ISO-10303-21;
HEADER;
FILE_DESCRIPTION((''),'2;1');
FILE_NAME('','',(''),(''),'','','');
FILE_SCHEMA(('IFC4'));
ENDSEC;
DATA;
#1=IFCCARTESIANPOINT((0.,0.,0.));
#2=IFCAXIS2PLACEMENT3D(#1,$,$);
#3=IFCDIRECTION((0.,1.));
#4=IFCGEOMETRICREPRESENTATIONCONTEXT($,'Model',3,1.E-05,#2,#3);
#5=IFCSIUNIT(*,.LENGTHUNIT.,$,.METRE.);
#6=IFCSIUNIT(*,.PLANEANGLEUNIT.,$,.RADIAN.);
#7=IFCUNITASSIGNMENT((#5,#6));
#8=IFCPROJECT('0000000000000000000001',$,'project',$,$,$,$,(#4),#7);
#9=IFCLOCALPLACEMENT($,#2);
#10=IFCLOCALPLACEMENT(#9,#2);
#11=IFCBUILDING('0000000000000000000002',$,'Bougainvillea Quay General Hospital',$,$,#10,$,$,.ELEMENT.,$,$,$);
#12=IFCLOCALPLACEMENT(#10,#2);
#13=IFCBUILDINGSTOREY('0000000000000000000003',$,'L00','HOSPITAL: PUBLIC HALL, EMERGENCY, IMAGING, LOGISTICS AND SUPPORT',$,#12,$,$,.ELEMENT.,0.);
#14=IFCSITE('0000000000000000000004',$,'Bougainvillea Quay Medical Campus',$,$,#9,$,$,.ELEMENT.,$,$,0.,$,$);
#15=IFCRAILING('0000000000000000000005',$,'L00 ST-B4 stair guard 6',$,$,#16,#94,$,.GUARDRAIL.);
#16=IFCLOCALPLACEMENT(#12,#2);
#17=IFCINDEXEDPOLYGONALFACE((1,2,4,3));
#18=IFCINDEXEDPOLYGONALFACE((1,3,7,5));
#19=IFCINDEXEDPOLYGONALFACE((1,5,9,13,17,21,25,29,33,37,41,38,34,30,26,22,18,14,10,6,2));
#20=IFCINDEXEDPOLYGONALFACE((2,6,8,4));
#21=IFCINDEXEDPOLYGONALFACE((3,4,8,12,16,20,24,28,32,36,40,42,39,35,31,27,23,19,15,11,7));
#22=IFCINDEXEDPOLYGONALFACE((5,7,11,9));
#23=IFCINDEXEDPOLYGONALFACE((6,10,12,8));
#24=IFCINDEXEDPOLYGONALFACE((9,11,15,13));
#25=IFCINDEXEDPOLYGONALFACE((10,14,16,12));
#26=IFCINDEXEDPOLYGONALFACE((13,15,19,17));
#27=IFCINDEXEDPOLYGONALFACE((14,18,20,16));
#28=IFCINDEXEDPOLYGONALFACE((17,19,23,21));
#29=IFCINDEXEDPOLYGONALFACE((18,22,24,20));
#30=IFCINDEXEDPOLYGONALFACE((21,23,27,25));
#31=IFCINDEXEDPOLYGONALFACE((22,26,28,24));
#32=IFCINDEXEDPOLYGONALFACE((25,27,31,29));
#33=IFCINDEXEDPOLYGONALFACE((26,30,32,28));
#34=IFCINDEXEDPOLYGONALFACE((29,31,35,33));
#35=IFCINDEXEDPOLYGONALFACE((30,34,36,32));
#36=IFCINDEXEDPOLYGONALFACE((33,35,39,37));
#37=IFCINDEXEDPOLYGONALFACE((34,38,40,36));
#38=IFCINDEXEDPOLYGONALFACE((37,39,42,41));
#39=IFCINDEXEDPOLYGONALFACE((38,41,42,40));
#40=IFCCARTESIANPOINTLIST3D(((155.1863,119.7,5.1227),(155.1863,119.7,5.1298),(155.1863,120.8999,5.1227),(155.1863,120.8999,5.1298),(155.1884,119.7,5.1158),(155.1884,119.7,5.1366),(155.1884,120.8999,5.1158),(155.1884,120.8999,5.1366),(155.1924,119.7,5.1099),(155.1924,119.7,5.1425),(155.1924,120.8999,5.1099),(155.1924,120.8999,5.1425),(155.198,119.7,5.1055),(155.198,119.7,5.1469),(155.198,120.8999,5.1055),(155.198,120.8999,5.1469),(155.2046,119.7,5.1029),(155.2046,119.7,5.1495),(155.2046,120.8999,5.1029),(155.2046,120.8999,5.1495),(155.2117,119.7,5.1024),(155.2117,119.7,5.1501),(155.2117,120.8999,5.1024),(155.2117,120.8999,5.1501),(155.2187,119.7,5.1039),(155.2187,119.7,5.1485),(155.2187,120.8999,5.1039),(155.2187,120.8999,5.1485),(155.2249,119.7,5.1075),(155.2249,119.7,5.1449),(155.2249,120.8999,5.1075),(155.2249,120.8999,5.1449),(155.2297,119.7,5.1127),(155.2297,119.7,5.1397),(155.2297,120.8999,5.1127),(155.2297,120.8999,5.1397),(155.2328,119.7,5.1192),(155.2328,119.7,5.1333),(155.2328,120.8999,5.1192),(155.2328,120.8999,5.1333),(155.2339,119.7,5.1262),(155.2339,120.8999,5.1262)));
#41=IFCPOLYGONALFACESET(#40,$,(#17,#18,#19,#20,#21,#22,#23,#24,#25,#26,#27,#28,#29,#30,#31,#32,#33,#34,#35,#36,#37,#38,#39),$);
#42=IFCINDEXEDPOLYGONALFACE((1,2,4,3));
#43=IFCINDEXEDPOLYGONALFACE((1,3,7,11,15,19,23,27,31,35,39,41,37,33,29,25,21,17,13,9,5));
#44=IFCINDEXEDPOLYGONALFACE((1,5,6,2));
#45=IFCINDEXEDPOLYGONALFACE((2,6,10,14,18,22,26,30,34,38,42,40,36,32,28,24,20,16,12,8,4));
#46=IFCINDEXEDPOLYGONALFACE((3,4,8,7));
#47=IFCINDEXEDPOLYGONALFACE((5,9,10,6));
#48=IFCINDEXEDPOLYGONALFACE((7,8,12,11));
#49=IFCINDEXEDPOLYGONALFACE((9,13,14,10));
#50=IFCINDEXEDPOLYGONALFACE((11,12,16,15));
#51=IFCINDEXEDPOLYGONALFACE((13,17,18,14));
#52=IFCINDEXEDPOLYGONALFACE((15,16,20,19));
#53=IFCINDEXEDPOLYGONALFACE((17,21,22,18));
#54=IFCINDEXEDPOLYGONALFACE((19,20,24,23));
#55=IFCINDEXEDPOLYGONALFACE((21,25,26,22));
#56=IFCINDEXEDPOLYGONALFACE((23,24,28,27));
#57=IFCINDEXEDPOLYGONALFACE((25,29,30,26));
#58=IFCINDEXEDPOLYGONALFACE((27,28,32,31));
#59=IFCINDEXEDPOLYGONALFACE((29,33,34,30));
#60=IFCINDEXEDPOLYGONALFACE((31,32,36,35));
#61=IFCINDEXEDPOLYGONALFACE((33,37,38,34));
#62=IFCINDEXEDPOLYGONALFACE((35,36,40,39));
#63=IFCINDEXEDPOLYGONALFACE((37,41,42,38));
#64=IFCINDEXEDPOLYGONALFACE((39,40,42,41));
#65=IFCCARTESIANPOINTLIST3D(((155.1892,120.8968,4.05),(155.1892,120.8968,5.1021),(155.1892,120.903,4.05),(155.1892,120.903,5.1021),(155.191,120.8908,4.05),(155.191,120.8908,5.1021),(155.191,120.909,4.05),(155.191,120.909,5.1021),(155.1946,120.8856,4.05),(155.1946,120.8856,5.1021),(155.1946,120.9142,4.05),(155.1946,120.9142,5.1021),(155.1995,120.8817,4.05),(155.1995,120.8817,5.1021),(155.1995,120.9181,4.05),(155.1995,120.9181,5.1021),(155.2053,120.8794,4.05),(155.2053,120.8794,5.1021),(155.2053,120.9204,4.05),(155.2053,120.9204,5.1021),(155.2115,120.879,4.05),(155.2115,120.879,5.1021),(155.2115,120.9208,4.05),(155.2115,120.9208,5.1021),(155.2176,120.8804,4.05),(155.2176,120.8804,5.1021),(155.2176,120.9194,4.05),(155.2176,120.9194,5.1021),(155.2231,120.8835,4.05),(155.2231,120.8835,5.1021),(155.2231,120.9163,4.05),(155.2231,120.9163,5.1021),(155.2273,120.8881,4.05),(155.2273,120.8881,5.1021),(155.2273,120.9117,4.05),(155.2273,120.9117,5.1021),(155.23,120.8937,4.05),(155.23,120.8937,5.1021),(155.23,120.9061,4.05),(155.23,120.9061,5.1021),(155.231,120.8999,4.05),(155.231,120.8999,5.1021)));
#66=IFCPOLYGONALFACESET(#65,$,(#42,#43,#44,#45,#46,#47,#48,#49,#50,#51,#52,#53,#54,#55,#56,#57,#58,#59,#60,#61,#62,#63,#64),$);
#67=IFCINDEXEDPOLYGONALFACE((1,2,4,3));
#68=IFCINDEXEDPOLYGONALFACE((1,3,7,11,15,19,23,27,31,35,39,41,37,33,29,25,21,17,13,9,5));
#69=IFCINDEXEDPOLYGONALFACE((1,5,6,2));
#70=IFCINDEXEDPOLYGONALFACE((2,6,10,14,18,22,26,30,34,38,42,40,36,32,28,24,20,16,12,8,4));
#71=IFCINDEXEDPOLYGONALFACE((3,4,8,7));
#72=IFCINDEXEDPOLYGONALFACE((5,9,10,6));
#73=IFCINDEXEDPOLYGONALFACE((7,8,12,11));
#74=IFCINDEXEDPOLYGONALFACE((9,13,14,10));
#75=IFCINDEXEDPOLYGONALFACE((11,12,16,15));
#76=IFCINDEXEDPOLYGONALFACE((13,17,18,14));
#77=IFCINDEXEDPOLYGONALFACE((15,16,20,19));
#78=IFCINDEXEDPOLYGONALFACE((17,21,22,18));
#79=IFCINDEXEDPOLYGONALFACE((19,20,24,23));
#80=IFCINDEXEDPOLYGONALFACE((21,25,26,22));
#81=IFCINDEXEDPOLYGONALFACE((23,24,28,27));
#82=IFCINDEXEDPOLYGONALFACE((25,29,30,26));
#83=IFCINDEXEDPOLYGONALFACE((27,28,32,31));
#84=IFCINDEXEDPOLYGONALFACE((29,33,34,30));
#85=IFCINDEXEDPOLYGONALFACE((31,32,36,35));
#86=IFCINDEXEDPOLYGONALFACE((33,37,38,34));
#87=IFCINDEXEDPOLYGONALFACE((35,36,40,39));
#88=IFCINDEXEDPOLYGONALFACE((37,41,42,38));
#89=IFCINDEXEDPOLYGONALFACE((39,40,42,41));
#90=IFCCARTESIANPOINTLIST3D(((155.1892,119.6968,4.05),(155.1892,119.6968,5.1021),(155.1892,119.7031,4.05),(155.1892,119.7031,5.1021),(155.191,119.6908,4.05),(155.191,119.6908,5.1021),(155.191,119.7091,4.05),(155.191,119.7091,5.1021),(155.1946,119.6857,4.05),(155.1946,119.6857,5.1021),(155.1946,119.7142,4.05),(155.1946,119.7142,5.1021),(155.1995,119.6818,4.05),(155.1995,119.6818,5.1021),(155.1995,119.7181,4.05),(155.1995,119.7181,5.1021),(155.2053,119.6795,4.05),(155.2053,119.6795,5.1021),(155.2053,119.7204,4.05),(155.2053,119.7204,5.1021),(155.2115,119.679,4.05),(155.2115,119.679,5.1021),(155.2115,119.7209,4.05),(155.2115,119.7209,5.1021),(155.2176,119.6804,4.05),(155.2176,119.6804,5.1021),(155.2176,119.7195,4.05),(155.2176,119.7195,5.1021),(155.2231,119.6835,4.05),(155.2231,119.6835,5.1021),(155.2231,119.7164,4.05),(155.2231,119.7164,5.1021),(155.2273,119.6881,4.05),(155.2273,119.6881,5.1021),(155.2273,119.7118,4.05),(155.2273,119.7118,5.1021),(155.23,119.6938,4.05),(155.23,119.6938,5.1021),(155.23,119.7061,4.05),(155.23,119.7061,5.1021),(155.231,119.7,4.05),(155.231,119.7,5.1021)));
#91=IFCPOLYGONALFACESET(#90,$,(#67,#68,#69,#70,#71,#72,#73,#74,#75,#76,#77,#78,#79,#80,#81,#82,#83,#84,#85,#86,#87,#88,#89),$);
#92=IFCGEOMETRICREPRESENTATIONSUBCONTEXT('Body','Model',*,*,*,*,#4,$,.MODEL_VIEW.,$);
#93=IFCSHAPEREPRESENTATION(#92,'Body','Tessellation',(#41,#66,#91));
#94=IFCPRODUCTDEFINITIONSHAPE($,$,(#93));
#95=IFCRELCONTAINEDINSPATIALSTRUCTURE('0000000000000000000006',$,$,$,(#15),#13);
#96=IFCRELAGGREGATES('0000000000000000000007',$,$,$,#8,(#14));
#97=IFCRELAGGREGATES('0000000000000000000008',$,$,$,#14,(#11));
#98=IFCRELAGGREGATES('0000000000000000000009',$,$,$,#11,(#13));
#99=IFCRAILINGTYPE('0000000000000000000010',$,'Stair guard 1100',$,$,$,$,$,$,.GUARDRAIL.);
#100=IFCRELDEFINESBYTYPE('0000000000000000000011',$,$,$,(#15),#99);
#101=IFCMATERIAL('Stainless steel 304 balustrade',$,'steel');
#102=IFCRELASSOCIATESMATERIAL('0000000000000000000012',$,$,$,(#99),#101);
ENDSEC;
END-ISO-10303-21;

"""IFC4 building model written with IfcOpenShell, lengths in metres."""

from ifc_helpers import new_model, si_unit, direction, frame, origin, origin_2d, place, context, subcontext, project, spatial, circle, extrude, material, type_object, element, save


model = new_model("IFC4")

# Units and contexts
model_context = context("Model", 3, precision=1e-05, world=origin(), true_north=direction((0.0, 1.0)))
body_context = subcontext(model_context, "Body", "Model", "MODEL_VIEW")
ifc_project = project(units=[si_unit("LENGTHUNIT", "METRE"), si_unit("PLANEANGLEUNIT", "RADIAN")], contexts=[model_context])

# Site, building, storey
site_placement = place(None, origin())
site = spatial("IfcSite", under=ifc_project, at=site_placement, Name="Bougainvillea Quay Medical Campus", CompositionType="ELEMENT", RefElevation=0.0)
building_placement = place(site_placement, origin())
building = spatial("IfcBuilding", under=site, at=building_placement, Name="Bougainvillea Quay General Hospital", CompositionType="ELEMENT")
storey_placement = place(building_placement, origin())
storey = spatial("IfcBuildingStorey", under=building, at=storey_placement, Name="L00", Description="HOSPITAL: PUBLIC HALL, EMERGENCY, IMAGING, LOGISTICS AND SUPPORT", CompositionType="ELEMENT", Elevation=0.0)

# Railing
ifc_material_1 = material(Name="Stainless steel 304 balustrade", Category="steel")
railing_type_1 = type_object("IfcRailingType", Name="Stair guard 1100", PredefinedType="GUARDRAIL", material=ifc_material_1)
railing_1_placement = place(storey_placement, frame((155.21, 120.8999, 4.05)))
element("IfcRailing", 1, at=railing_1_placement, inside=storey, type_object=railing_type_1, Name="L00 ST-B4 stair guard 6", PredefinedType="GUARDRAIL", context=body_context, shape_type="SweptSolid", body=[
    extrude(circle(Radius=0.0239, at=origin_2d()), frame((0.0, 0.0, 1.0762), z_axis=(0.0, -1.0, 0.0), x_axis=(1.0, 0.0, 0.0)), (0.0, 0.0, 1.0), 1.2),
    extrude(circle(Radius=0.021, at=origin_2d()), origin(), (0.0, 0.0, 1.0), 1.052),
    extrude(circle(Radius=0.021, at=origin_2d()), frame((0.0, -1.2, 0.0)), (0.0, 0.0, 1.0), 1.052),
])

save(model, "model.ifc")
